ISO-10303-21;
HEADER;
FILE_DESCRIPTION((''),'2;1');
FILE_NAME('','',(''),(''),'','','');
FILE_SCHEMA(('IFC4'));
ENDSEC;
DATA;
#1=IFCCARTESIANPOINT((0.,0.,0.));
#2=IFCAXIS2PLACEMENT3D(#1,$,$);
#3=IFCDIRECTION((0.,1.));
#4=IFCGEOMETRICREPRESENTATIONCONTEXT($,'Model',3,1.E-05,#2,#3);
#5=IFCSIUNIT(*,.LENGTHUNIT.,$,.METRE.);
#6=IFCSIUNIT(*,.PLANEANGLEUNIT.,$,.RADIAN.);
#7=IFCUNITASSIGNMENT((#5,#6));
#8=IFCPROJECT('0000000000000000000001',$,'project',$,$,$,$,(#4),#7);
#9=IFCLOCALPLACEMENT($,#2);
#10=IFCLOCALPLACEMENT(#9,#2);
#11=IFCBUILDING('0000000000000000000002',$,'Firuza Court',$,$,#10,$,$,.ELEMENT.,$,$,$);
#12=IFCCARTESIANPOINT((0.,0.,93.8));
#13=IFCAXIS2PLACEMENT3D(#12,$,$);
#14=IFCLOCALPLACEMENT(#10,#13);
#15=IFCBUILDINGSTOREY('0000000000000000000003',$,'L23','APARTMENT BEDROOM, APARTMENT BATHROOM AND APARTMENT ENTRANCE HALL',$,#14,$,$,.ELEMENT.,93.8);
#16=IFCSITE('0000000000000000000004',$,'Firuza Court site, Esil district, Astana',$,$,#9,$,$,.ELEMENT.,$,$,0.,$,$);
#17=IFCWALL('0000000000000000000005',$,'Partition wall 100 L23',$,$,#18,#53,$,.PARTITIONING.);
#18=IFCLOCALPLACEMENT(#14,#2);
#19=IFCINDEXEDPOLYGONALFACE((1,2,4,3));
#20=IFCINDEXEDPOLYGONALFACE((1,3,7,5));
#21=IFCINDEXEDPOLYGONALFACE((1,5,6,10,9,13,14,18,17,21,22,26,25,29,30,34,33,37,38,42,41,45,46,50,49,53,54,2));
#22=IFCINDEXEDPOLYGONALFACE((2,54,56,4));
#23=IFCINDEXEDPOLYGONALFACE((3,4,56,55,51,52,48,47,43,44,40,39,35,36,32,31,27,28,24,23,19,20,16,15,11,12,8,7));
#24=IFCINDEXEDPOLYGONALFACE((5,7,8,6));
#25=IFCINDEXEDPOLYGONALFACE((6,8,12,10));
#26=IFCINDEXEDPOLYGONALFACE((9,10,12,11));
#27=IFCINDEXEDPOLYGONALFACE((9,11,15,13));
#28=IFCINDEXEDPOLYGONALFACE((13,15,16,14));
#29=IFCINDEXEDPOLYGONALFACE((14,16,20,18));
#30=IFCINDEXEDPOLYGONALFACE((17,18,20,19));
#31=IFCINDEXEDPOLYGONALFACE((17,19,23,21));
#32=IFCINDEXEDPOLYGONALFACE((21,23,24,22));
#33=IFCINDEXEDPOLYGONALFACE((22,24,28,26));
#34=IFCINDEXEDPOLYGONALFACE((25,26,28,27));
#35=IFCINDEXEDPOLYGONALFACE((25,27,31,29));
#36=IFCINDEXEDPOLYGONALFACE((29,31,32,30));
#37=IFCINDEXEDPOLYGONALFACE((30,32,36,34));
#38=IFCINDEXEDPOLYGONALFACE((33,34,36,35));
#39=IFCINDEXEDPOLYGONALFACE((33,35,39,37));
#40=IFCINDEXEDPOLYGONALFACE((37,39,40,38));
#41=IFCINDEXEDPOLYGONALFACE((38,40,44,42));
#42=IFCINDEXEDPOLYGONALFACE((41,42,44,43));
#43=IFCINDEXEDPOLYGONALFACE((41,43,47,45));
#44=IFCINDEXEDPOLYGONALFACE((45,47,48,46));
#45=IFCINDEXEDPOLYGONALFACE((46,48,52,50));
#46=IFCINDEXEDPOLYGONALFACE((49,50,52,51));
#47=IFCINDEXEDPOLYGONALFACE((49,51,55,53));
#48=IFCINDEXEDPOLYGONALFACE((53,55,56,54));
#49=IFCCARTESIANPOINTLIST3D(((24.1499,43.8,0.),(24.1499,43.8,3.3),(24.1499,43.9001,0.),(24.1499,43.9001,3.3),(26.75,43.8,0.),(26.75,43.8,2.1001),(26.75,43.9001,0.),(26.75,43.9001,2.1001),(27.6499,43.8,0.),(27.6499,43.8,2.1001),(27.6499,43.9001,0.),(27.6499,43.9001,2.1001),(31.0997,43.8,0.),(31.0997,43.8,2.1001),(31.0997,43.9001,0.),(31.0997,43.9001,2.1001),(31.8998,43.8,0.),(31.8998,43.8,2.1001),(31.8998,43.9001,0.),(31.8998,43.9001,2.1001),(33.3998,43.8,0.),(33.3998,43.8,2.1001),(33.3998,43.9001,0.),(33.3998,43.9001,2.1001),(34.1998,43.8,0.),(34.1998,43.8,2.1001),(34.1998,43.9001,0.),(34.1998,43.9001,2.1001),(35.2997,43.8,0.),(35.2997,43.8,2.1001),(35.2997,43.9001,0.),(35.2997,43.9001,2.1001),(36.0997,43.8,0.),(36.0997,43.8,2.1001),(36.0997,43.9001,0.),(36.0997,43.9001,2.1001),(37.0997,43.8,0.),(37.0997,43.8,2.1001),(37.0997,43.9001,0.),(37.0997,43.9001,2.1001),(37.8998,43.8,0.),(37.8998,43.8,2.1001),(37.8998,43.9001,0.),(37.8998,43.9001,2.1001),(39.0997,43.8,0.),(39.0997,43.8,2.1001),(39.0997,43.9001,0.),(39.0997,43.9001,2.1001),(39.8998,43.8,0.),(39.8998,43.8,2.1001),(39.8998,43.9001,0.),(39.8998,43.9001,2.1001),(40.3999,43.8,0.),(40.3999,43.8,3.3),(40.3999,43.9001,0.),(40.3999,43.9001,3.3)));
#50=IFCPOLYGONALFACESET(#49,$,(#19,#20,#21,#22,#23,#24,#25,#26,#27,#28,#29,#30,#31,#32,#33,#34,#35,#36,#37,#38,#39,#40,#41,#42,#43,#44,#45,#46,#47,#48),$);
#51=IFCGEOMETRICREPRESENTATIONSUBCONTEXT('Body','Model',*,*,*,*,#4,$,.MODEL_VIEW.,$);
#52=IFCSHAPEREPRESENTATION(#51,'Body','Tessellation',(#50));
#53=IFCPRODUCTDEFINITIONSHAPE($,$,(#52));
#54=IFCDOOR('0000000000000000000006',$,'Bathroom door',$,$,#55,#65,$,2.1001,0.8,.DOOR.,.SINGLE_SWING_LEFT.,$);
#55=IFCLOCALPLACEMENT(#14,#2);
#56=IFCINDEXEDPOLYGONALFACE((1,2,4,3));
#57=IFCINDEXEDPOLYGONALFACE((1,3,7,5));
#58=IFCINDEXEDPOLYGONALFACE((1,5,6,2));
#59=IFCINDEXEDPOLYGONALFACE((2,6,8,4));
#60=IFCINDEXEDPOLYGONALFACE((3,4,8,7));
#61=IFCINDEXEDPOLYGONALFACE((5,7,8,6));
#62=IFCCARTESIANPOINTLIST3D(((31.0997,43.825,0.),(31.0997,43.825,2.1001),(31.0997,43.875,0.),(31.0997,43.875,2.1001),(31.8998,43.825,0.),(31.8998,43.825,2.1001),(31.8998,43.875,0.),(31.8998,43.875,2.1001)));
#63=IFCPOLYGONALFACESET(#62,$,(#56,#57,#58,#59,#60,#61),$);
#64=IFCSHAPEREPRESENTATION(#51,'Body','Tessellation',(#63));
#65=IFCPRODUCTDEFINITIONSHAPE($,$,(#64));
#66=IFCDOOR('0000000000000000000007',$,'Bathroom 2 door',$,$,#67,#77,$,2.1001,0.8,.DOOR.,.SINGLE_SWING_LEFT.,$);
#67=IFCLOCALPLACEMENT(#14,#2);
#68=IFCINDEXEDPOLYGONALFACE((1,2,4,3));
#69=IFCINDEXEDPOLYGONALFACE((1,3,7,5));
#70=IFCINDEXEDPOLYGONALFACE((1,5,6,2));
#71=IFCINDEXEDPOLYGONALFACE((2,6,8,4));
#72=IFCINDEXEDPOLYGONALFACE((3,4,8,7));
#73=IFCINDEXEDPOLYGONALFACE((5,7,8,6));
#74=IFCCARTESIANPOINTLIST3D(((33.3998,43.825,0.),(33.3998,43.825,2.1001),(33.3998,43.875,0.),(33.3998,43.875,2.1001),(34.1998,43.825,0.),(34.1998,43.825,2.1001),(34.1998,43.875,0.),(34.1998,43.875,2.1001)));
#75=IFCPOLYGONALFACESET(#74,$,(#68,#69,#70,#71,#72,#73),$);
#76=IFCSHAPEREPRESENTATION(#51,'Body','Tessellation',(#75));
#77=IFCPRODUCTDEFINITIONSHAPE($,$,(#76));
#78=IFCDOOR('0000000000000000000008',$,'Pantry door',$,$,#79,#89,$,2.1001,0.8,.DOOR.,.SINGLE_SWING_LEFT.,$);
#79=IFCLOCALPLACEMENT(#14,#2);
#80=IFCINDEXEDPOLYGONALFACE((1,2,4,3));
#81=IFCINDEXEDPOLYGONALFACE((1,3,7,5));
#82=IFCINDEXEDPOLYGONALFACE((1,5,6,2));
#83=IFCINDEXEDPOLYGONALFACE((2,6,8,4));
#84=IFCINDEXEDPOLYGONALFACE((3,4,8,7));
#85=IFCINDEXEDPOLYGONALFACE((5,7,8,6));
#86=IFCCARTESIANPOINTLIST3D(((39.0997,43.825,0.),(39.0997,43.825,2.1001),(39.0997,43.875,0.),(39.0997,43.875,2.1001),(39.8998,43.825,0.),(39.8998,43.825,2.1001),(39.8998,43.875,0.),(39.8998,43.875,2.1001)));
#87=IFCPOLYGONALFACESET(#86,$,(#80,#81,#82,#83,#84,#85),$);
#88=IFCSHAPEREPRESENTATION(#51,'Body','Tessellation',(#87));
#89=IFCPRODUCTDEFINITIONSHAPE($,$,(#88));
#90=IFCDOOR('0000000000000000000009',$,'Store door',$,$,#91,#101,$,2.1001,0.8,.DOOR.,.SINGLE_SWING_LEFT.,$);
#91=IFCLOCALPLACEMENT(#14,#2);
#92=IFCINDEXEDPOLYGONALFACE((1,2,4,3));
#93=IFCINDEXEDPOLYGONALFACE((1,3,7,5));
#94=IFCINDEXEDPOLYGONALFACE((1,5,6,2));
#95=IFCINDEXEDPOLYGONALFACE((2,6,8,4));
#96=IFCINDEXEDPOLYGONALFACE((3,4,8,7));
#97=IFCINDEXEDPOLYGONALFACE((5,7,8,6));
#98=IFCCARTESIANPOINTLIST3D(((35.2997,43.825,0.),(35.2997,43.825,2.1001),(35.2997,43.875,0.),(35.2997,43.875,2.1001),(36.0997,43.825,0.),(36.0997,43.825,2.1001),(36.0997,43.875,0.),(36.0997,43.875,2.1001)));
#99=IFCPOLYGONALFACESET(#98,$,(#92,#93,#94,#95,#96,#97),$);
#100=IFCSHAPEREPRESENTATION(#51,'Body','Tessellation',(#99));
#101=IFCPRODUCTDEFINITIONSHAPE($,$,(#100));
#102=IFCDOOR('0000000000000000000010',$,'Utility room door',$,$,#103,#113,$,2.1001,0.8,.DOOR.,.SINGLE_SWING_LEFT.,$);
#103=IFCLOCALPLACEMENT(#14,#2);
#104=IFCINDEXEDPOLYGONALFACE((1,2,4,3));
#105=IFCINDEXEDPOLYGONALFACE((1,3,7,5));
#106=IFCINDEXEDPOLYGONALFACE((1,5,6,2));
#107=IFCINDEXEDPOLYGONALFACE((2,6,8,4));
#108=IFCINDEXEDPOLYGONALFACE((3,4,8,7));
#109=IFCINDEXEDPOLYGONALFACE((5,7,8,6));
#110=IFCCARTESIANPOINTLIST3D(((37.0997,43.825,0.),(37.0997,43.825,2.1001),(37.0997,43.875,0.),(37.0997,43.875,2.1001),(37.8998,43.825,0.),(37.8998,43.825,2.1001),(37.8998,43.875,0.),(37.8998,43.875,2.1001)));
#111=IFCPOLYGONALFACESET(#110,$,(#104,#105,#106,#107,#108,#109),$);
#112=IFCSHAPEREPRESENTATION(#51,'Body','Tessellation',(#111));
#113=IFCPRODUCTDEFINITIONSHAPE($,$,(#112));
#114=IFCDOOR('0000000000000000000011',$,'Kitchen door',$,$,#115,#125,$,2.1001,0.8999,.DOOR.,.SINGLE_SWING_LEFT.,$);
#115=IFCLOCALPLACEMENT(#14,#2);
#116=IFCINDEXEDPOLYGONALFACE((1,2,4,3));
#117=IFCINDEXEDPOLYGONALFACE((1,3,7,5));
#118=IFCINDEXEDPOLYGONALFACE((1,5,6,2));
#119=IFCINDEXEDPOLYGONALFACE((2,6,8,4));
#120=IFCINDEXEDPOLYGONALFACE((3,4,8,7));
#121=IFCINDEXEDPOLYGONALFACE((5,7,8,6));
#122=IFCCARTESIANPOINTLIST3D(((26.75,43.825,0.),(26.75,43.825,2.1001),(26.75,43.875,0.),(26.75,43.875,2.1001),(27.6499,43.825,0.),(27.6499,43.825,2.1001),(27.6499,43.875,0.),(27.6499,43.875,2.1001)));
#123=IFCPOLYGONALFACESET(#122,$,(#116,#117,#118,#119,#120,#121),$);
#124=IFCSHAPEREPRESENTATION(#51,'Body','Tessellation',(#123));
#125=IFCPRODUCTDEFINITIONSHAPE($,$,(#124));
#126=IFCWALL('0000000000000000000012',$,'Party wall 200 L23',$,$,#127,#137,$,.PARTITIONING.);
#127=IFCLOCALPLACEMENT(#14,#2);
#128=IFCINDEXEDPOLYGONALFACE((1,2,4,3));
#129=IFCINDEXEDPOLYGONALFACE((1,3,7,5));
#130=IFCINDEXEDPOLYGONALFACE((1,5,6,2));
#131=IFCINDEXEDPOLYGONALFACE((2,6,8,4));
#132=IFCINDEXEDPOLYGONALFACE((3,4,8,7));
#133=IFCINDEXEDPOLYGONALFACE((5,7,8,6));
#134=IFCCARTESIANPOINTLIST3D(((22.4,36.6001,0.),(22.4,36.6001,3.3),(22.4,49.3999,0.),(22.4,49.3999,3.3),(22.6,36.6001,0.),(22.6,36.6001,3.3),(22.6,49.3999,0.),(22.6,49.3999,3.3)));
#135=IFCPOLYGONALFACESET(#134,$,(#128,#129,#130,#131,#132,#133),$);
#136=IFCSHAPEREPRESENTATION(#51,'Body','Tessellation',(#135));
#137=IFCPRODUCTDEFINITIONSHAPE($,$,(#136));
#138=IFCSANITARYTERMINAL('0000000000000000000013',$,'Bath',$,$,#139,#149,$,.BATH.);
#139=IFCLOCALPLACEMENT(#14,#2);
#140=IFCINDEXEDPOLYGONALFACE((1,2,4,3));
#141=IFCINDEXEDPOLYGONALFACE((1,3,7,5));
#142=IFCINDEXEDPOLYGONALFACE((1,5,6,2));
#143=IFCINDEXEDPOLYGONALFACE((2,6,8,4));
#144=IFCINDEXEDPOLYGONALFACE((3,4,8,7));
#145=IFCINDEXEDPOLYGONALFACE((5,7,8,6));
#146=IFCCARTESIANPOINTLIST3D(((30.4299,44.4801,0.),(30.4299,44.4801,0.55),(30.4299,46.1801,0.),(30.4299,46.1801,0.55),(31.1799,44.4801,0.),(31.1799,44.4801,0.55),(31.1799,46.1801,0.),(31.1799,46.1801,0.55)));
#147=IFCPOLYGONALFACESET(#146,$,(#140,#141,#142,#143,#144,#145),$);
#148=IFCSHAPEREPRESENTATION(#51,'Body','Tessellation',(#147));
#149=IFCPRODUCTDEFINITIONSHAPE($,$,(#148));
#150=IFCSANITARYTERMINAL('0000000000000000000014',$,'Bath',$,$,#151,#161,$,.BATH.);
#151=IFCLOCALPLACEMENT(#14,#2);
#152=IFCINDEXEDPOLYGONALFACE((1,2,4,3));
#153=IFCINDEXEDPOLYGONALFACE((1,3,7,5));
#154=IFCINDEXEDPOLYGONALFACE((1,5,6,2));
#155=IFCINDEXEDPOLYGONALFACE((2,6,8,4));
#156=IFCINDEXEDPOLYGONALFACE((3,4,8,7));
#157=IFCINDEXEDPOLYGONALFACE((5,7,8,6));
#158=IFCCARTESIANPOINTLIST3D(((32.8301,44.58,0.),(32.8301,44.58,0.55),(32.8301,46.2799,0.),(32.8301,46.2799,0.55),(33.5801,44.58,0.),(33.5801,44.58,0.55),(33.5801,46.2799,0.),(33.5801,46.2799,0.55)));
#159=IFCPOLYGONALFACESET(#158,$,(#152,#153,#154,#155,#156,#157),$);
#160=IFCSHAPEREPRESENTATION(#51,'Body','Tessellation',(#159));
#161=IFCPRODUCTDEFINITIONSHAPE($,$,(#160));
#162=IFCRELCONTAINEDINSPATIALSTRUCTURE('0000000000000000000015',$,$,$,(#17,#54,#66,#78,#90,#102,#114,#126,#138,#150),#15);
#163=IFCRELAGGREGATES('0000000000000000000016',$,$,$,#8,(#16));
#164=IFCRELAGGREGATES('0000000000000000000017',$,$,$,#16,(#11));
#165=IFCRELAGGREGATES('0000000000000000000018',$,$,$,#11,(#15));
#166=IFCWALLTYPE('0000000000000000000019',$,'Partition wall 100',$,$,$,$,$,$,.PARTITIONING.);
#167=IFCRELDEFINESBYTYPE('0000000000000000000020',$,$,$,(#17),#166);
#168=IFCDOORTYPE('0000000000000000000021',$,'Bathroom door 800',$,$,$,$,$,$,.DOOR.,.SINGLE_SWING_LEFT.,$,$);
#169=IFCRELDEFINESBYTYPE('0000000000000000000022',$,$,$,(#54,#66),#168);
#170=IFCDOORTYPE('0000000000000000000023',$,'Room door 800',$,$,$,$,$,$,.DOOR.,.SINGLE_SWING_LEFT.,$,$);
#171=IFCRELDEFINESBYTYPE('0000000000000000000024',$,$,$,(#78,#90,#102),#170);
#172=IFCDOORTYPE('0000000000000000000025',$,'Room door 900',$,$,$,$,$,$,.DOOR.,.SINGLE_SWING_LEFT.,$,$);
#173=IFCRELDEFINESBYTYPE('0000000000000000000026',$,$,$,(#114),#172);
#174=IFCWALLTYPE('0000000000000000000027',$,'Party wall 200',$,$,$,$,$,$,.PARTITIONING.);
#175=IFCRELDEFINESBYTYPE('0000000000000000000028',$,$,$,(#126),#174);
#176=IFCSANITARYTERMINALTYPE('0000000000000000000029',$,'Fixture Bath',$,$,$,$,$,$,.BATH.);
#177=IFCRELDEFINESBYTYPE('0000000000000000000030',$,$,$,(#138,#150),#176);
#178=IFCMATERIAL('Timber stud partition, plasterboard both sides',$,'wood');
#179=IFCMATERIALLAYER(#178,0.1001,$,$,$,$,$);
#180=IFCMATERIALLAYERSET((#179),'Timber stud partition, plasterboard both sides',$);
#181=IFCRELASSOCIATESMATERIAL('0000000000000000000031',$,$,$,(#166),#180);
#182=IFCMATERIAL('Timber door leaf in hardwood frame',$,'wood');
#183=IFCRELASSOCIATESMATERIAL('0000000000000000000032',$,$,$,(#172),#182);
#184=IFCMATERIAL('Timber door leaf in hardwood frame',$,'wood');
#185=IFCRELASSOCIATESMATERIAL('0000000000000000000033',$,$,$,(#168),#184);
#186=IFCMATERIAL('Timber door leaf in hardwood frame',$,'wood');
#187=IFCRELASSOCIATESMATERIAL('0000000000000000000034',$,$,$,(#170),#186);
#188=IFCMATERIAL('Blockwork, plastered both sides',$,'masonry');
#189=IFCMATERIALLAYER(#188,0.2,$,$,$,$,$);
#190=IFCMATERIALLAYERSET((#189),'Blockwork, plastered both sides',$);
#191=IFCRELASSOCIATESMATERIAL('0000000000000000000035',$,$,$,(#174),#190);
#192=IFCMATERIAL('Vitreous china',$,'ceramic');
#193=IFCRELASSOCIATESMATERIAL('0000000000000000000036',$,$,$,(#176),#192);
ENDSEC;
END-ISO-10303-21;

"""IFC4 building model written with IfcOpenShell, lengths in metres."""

from ifc_helpers import new_model, si_unit, direction, frame, frame_2d, origin, origin_2d, place, context, subcontext, project, spatial, rectangle, extrude, material, layer, layer_set, type_object, element, fill, save


model = new_model("IFC4")

# Units and contexts
model_context = context("Model", 3, precision=1e-05, world=origin(), true_north=direction((0.0, 1.0)))
body_context = subcontext(model_context, "Body", "Model", "MODEL_VIEW")
ifc_project = project(units=[si_unit("LENGTHUNIT", "METRE"), si_unit("PLANEANGLEUNIT", "RADIAN")], contexts=[model_context])

# Site, building, storey
site_placement = place(None, origin())
site = spatial("IfcSite", under=ifc_project, at=site_placement, Name="Firuza Court site, Esil district, Astana", CompositionType="ELEMENT", RefElevation=0.0)
building_placement = place(site_placement, origin())
building = spatial("IfcBuilding", under=site, at=building_placement, Name="Firuza Court", CompositionType="ELEMENT")
storey_placement = place(building_placement, frame((0.0, 0.0, 93.8)))
storey = spatial("IfcBuildingStorey", under=building, at=storey_placement, Name="L23", Description="APARTMENT BEDROOM, APARTMENT BATHROOM AND APARTMENT ENTRANCE HALL", CompositionType="ELEMENT", Elevation=93.8)

# Shared definitions
ifc_material_1 = material(Name="Timber stud partition, plasterboard both sides", Category="wood")
ifc_layer_1 = layer(ifc_material_1, 0.1001)
ifc_layer_set_1 = layer_set([ifc_layer_1], Name="Timber stud partition, plasterboard both sides")
wall_type_1 = type_object("IfcWallType", Name="Partition wall 100", PredefinedType="PARTITIONING", material=ifc_layer_set_1)

# Shared definitions
ifc_material_2 = material(Name="Timber door leaf in hardwood frame", Category="wood")
door_type_1 = type_object("IfcDoorType", Name="Room door 900", OperationType="SINGLE_SWING_LEFT", PredefinedType="DOOR", material=ifc_material_2)

# Wall, openings, doors
wall_1_placement = place(storey_placement, frame((24.1499, 43.8501, 0.0), z_axis=(0.0, 0.0, 1.0), x_axis=(1.0, 0.0, 0.0)))
wall_1 = element("IfcWall", 1, at=wall_1_placement, inside=storey, type_object=wall_type_1, Name="Partition wall 100 L23", PredefinedType="PARTITIONING", context=body_context, shape_type="SweptSolid", body=[
    extrude(rectangle(XDim=16.25, YDim=0.1001, at=frame_2d((8.125, 0.0))), origin(), (0.0, 0.0, 1.0), 3.3),
])
opening_1_placement = place(wall_1_placement, frame((6.95, 0.0, 0.0)))
opening_1 = element("IfcOpeningElement", 2, at=opening_1_placement, cuts=wall_1, PredefinedType="OPENING", context=body_context, shape_type="SweptSolid", body=[
    extrude(rectangle(XDim=0.8, YDim=2.1001, at=frame_2d((0.3999, 1.05))), frame((0.0, 0.062, 0.0), z_axis=(0.0, -1.0, 0.0), x_axis=(1.0, 0.0, 0.0)), (0.0, 0.0, 1.0), 0.124),
])
opening_2_placement = place(wall_1_placement, frame((9.25, 0.0, 0.0)))
opening_2 = element("IfcOpeningElement", 3, at=opening_2_placement, cuts=wall_1, PredefinedType="OPENING", context=body_context, shape_type="SweptSolid", body=[
    extrude(rectangle(XDim=0.8, YDim=2.1001, at=frame_2d((0.3999, 1.05))), frame((0.0, 0.062, 0.0), z_axis=(0.0, -1.0, 0.0), x_axis=(1.0, 0.0, 0.0)), (0.0, 0.0, 1.0), 0.124),
])
opening_3_placement = place(wall_1_placement, frame((2.6001, 0.0, 0.0)))
opening_3 = element("IfcOpeningElement", 4, at=opening_3_placement, cuts=wall_1, PredefinedType="OPENING", context=body_context, shape_type="SweptSolid", body=[
    extrude(rectangle(XDim=0.8999, YDim=2.1001, at=frame_2d((0.45, 1.05))), frame((0.0, 0.062, 0.0), z_axis=(0.0, -1.0, 0.0), x_axis=(1.0, 0.0, 0.0)), (0.0, 0.0, 1.0), 0.124),
])
opening_4_placement = place(wall_1_placement, frame((14.95, 0.0, 0.0)))
opening_4 = element("IfcOpeningElement", 5, at=opening_4_placement, cuts=wall_1, PredefinedType="OPENING", context=body_context, shape_type="SweptSolid", body=[
    extrude(rectangle(XDim=0.8, YDim=2.1001, at=frame_2d((0.3999, 1.05))), frame((0.0, 0.062, 0.0), z_axis=(0.0, -1.0, 0.0), x_axis=(1.0, 0.0, 0.0)), (0.0, 0.0, 1.0), 0.124),
])
opening_5_placement = place(wall_1_placement, frame((11.1499, 0.0, 0.0)))
opening_5 = element("IfcOpeningElement", 6, at=opening_5_placement, cuts=wall_1, PredefinedType="OPENING", context=body_context, shape_type="SweptSolid", body=[
    extrude(rectangle(XDim=0.8, YDim=2.1001, at=frame_2d((0.3999, 1.05))), frame((0.0, 0.062, 0.0), z_axis=(0.0, -1.0, 0.0), x_axis=(1.0, 0.0, 0.0)), (0.0, 0.0, 1.0), 0.124),
])
opening_6_placement = place(wall_1_placement, frame((12.95, 0.0, 0.0)))
opening_6 = element("IfcOpeningElement", 7, at=opening_6_placement, cuts=wall_1, PredefinedType="OPENING", context=body_context, shape_type="SweptSolid", body=[
    extrude(rectangle(XDim=0.8, YDim=2.1001, at=frame_2d((0.3999, 1.05))), frame((0.0, 0.062, 0.0), z_axis=(0.0, -1.0, 0.0), x_axis=(1.0, 0.0, 0.0)), (0.0, 0.0, 1.0), 0.124),
])
ifc_material_3 = material(Name="Timber door leaf in hardwood frame", Category="wood")
door_type_2 = type_object("IfcDoorType", Name="Bathroom door 800", OperationType="SINGLE_SWING_LEFT", PredefinedType="DOOR", material=ifc_material_3)
door_1_placement = place(opening_1_placement, origin())
door_1 = element("IfcDoor", 8, at=door_1_placement, inside=storey, type_object=door_type_2, Name="Bathroom door", OperationType="SINGLE_SWING_LEFT", OverallHeight=2.1001, OverallWidth=0.8, PredefinedType="DOOR", context=body_context, shape_type="SweptSolid", body=[
    extrude(rectangle(XDim=0.8, YDim=2.1001, at=frame_2d((0.3999, 1.05))), frame((0.0, 0.0249, 0.0), z_axis=(0.0, -1.0, 0.0), x_axis=(1.0, 0.0, 0.0)), (0.0, 0.0, 1.0), 0.05),
])
fill(opening_1, door_1)
door_2_placement = place(opening_2_placement, origin())
door_2 = element("IfcDoor", 9, at=door_2_placement, inside=storey, type_object=door_type_2, Name="Bathroom 2 door", OperationType="SINGLE_SWING_LEFT", OverallHeight=2.1001, OverallWidth=0.8, PredefinedType="DOOR", context=body_context, shape_type="SweptSolid", body=[
    extrude(rectangle(XDim=0.8, YDim=2.1001, at=frame_2d((0.3999, 1.05))), frame((0.0, 0.0249, 0.0), z_axis=(0.0, -1.0, 0.0), x_axis=(1.0, 0.0, 0.0)), (0.0, 0.0, 1.0), 0.05),
])
fill(opening_2, door_2)
ifc_material_4 = material(Name="Timber door leaf in hardwood frame", Category="wood")
door_type_3 = type_object("IfcDoorType", Name="Room door 800", OperationType="SINGLE_SWING_LEFT", PredefinedType="DOOR", material=ifc_material_4)
door_3_placement = place(opening_4_placement, origin())
door_3 = element("IfcDoor", 10, at=door_3_placement, inside=storey, type_object=door_type_3, Name="Pantry door", OperationType="SINGLE_SWING_LEFT", OverallHeight=2.1001, OverallWidth=0.8, PredefinedType="DOOR", context=body_context, shape_type="SweptSolid", body=[
    extrude(rectangle(XDim=0.8, YDim=2.1001, at=frame_2d((0.3999, 1.05))), frame((0.0, 0.0249, 0.0), z_axis=(0.0, -1.0, 0.0), x_axis=(1.0, 0.0, 0.0)), (0.0, 0.0, 1.0), 0.05),
])
fill(opening_4, door_3)
door_4_placement = place(opening_5_placement, origin())
door_4 = element("IfcDoor", 11, at=door_4_placement, inside=storey, type_object=door_type_3, Name="Store door", OperationType="SINGLE_SWING_LEFT", OverallHeight=2.1001, OverallWidth=0.8, PredefinedType="DOOR", context=body_context, shape_type="SweptSolid", body=[
    extrude(rectangle(XDim=0.8, YDim=2.1001, at=frame_2d((0.3999, 1.05))), frame((0.0, 0.0249, 0.0), z_axis=(0.0, -1.0, 0.0), x_axis=(1.0, 0.0, 0.0)), (0.0, 0.0, 1.0), 0.05),
])
fill(opening_5, door_4)
door_5_placement = place(opening_6_placement, origin())
door_5 = element("IfcDoor", 12, at=door_5_placement, inside=storey, type_object=door_type_3, Name="Utility room door", OperationType="SINGLE_SWING_LEFT", OverallHeight=2.1001, OverallWidth=0.8, PredefinedType="DOOR", context=body_context, shape_type="SweptSolid", body=[
    extrude(rectangle(XDim=0.8, YDim=2.1001, at=frame_2d((0.3999, 1.05))), frame((0.0, 0.0249, 0.0), z_axis=(0.0, -1.0, 0.0), x_axis=(1.0, 0.0, 0.0)), (0.0, 0.0, 1.0), 0.05),
])
fill(opening_6, door_5)
door_6_placement = place(opening_3_placement, origin())
door_6 = element("IfcDoor", 13, at=door_6_placement, inside=storey, type_object=door_type_1, Name="Kitchen door", OperationType="SINGLE_SWING_LEFT", OverallHeight=2.1001, OverallWidth=0.8999, PredefinedType="DOOR", context=body_context, shape_type="SweptSolid", body=[
    extrude(rectangle(XDim=0.8999, YDim=2.1001, at=frame_2d((0.45, 1.05))), frame((0.0, 0.0249, 0.0), z_axis=(0.0, -1.0, 0.0), x_axis=(1.0, 0.0, 0.0)), (0.0, 0.0, 1.0), 0.05),
])
fill(opening_3, door_6)

# Wall
ifc_material_5 = material(Name="Blockwork, plastered both sides", Category="masonry")
ifc_layer_2 = layer(ifc_material_5, 0.2)
ifc_layer_set_2 = layer_set([ifc_layer_2], Name="Blockwork, plastered both sides")
wall_type_2 = type_object("IfcWallType", Name="Party wall 200", PredefinedType="PARTITIONING", material=ifc_layer_set_2)
wall_2_placement = place(storey_placement, frame((22.5, 36.6001, 0.0), z_axis=(0.0, 0.0, 1.0), x_axis=(0.0, 1.0, 0.0)))
element("IfcWall", 14, at=wall_2_placement, inside=storey, type_object=wall_type_2, Name="Party wall 200 L23", PredefinedType="PARTITIONING", context=body_context, shape_type="SweptSolid", body=[
    extrude(rectangle(XDim=12.7998, YDim=0.2, at=frame_2d((6.3999, 0.0))), origin(), (0.0, 0.0, 1.0), 3.3),
])

# Sanitary terminals
ifc_material_6 = material(Name="Vitreous china", Category="ceramic")
sanitary_terminal_type_1 = type_object("IfcSanitaryTerminalType", Name="Fixture Bath", PredefinedType="BATH", material=ifc_material_6)
for number, where, z_axis, x_axis, name in (
    (15, (30.8049, 45.3301, 0.0), (0.0, 0.0, 1.0), (1.0, 0.0, 0.0), "Bath"),
    (16, (33.2051, 45.4299, 0.0), (0.0, 0.0, 1.0), (1.0, 0.0, 0.0), "Bath"),
):
    element("IfcSanitaryTerminal", number, at=place(storey_placement, frame(where, z_axis=z_axis, x_axis=x_axis)), inside=storey, type_object=sanitary_terminal_type_1, Name=name, PredefinedType="BATH", context=body_context, shape_type="SweptSolid", body=[
        extrude(rectangle(XDim=0.75, YDim=1.7, at=origin_2d()), origin(), (0.0, 0.0, 1.0), 0.55),
    ])

save(model, "model.ifc")
